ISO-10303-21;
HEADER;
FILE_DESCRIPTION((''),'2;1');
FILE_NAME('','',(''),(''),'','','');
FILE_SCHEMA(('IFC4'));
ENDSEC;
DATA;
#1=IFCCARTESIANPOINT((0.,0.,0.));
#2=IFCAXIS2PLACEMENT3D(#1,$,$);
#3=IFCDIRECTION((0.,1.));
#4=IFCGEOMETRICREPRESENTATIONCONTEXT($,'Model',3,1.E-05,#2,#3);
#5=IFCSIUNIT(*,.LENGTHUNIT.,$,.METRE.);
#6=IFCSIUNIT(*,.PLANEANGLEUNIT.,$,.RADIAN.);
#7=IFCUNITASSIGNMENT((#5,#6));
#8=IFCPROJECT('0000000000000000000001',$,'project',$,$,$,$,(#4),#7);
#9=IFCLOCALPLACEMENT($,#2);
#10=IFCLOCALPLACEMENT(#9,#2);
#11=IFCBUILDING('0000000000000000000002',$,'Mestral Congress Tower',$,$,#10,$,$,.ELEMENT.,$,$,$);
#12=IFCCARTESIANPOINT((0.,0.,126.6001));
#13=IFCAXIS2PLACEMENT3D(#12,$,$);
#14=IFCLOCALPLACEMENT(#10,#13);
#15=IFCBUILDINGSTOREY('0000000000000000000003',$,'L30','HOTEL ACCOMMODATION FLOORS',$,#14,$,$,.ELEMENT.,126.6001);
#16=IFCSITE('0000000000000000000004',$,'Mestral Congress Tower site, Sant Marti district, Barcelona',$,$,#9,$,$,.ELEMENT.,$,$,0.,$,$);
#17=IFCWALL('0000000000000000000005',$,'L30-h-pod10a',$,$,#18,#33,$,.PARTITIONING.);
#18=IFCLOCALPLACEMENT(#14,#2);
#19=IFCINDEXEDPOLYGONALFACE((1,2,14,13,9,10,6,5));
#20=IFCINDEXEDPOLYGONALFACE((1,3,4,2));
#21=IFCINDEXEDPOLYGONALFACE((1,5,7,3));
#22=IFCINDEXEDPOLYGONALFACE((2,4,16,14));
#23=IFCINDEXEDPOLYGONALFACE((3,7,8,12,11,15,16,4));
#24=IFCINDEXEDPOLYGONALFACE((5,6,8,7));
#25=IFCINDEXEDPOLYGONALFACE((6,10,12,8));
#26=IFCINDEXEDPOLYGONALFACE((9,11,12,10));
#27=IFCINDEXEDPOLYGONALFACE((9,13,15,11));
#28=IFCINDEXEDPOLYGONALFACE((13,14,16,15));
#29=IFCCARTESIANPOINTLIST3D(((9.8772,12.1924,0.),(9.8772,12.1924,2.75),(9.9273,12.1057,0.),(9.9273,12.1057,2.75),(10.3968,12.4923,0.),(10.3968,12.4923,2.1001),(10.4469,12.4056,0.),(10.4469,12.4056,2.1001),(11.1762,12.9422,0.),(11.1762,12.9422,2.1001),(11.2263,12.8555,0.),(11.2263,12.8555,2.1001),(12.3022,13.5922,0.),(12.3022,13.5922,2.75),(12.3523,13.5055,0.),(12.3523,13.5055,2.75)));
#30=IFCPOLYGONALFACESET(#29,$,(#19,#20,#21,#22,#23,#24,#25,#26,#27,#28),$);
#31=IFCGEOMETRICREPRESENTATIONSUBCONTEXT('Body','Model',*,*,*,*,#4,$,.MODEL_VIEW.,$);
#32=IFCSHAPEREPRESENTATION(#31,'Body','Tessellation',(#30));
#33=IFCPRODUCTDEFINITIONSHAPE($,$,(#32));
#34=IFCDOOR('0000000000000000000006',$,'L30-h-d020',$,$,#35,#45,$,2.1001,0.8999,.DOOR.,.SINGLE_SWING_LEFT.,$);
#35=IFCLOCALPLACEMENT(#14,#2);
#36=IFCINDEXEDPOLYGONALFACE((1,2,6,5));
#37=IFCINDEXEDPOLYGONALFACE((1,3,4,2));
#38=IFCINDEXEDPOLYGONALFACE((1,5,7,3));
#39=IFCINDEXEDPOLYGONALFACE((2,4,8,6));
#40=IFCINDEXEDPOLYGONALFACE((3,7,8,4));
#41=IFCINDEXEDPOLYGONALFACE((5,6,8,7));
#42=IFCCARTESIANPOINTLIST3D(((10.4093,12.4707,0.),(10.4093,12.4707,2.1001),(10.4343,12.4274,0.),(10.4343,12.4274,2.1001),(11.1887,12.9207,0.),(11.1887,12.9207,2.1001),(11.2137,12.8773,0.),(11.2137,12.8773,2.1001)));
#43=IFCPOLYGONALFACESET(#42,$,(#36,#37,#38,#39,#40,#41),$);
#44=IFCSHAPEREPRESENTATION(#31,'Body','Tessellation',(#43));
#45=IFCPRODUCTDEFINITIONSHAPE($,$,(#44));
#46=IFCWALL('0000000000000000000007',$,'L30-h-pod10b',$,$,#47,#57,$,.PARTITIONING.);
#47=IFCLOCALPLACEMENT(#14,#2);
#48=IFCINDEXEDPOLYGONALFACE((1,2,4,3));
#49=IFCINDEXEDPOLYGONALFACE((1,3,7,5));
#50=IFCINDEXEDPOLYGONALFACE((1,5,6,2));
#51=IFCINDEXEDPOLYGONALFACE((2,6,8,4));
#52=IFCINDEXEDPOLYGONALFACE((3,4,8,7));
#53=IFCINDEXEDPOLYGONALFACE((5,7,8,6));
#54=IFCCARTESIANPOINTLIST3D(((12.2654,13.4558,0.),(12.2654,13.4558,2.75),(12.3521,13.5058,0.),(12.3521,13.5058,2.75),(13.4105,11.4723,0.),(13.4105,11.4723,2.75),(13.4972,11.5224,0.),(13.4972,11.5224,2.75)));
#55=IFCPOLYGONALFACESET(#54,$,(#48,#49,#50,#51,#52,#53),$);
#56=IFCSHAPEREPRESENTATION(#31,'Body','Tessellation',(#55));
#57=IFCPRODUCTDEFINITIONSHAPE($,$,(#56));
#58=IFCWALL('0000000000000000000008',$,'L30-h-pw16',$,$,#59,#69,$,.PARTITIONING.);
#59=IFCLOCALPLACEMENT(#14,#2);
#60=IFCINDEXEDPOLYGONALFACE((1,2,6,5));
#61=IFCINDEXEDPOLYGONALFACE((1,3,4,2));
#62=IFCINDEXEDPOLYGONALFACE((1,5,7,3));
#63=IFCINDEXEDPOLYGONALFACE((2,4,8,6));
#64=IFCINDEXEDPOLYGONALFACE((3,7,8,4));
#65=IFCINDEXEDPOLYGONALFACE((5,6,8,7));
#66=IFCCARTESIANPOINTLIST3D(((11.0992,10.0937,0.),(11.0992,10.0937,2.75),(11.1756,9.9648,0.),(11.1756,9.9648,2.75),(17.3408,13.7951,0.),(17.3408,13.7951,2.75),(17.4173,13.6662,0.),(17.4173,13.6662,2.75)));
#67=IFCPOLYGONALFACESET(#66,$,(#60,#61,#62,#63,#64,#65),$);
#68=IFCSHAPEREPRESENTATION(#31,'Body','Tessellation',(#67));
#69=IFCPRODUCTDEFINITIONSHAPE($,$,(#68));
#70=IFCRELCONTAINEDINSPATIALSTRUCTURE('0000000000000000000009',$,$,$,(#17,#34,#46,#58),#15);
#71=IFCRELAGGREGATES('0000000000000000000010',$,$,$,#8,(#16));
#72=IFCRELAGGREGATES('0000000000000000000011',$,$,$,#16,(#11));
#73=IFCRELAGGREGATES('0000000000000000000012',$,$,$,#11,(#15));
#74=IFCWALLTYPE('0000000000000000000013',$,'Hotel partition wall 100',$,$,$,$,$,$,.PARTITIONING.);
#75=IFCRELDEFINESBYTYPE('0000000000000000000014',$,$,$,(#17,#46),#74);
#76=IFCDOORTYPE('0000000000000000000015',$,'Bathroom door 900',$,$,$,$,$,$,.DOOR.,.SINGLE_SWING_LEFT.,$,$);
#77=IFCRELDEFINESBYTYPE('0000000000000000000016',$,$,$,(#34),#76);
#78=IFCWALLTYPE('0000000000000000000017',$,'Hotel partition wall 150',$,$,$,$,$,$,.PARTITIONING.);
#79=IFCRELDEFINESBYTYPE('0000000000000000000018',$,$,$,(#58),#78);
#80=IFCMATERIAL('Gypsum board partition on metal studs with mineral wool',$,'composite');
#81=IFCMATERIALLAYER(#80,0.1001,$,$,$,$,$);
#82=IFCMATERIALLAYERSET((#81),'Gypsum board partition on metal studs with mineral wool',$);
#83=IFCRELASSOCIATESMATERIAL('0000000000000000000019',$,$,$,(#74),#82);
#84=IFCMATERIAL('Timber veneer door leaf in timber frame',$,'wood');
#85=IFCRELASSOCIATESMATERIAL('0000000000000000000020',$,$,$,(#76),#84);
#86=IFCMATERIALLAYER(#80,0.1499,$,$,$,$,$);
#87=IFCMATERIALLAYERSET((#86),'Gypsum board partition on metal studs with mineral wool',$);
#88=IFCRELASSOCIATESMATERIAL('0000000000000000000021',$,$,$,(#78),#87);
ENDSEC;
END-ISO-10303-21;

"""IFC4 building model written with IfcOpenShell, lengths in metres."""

from ifc_helpers import new_model, si_unit, direction, frame, frame_2d, origin, place, context, subcontext, project, spatial, rectangle, extrude, material, layer, layer_set, type_object, element, fill, save


model = new_model("IFC4")

# Units and contexts
model_context = context("Model", 3, precision=1e-05, world=origin(), true_north=direction((0.0, 1.0)))
body_context = subcontext(model_context, "Body", "Model", "MODEL_VIEW")
ifc_project = project(units=[si_unit("LENGTHUNIT", "METRE"), si_unit("PLANEANGLEUNIT", "RADIAN")], contexts=[model_context])

# Site, building, storey
site_placement = place(None, origin())
site = spatial("IfcSite", under=ifc_project, at=site_placement, Name="Mestral Congress Tower site, Sant Marti district, Barcelona", CompositionType="ELEMENT", RefElevation=0.0)
building_placement = place(site_placement, origin())
building = spatial("IfcBuilding", under=site, at=building_placement, Name="Mestral Congress Tower", CompositionType="ELEMENT")
storey_placement = place(building_placement, frame((0.0, 0.0, 126.6001)))
storey = spatial("IfcBuildingStorey", under=building, at=storey_placement, Name="L30", Description="HOTEL ACCOMMODATION FLOORS", CompositionType="ELEMENT", Elevation=126.6001)

# Wall, opening, door
ifc_material_1 = material(Name="Gypsum board partition on metal studs with mineral wool", Category="composite")
ifc_layer_1 = layer(ifc_material_1, 0.1001)
ifc_layer_set_1 = layer_set([ifc_layer_1], Name="Gypsum board partition on metal studs with mineral wool")
wall_type_1 = type_object("IfcWallType", Name="Hotel partition wall 100", PredefinedType="PARTITIONING", material=ifc_layer_set_1)
wall_1_placement = place(storey_placement, frame((12.3271, 13.5488, 0.0), z_axis=(0.0, 0.0, 1.0), x_axis=(-0.866056, -0.499946, 0.0)))
wall_1 = element("IfcWall", 1, at=wall_1_placement, inside=storey, type_object=wall_type_1, Name="L30-h-pod10a", PredefinedType="PARTITIONING", context=body_context, shape_type="SweptSolid", body=[
    extrude(rectangle(XDim=2.8, YDim=0.1001, at=frame_2d((1.3999, 0.0))), origin(), (0.0, 0.0, 1.0), 2.75),
])
opening_1_placement = place(wall_1_placement, frame((1.3, 0.0, 0.0)))
opening_1 = element("IfcOpeningElement", 2, at=opening_1_placement, cuts=wall_1, PredefinedType="OPENING", context=body_context, shape_type="SweptSolid", body=[
    extrude(rectangle(XDim=0.8999, YDim=2.1001, at=frame_2d((0.45, 1.05))), frame((0.0, 0.0601, 0.0), z_axis=(0.0, -1.0, 0.0), x_axis=(1.0, 0.0, 0.0)), (0.0, 0.0, 1.0), 0.1201),
])
ifc_material_2 = material(Name="Timber veneer door leaf in timber frame", Category="wood")
door_type = type_object("IfcDoorType", Name="Bathroom door 900", OperationType="SINGLE_SWING_LEFT", PredefinedType="DOOR", material=ifc_material_2)
door_placement = place(opening_1_placement, origin())
door = element("IfcDoor", 3, at=door_placement, inside=storey, type_object=door_type, Name="L30-h-d020", OperationType="SINGLE_SWING_LEFT", OverallHeight=2.1001, OverallWidth=0.8999, PredefinedType="DOOR", context=body_context, shape_type="SweptSolid", body=[
    extrude(rectangle(XDim=0.8999, YDim=2.1001, at=frame_2d((0.45, 1.05))), frame((0.0, 0.0249, 0.0), z_axis=(0.0, -1.0, 0.0), x_axis=(1.0, 0.0, 0.0)), (0.0, 0.0, 1.0), 0.05),
])
fill(opening_1, door)

# Walls
wall_2_placement = place(storey_placement, frame((12.3088, 13.4807, 0.0), z_axis=(0.0, 0.0, 1.0), x_axis=(0.499969, -0.866044, 0.0)))
element("IfcWall", 4, at=wall_2_placement, inside=storey, type_object=wall_type_1, Name="L30-h-pod10b", PredefinedType="PARTITIONING", context=body_context, shape_type="SweptSolid", body=[
    extrude(rectangle(XDim=2.2903, YDim=0.1001, at=frame_2d((1.145, 0.0))), origin(), (0.0, 0.0, 1.0), 2.75),
])
ifc_layer_2 = layer(ifc_material_1, 0.1499)
ifc_layer_set_2 = layer_set([ifc_layer_2], Name="Gypsum board partition on metal studs with mineral wool")
wall_type_2 = type_object("IfcWallType", Name="Hotel partition wall 150", PredefinedType="PARTITIONING", material=ifc_layer_set_2)
wall_3_placement = place(storey_placement, frame((17.3792, 13.7307, 0.0), z_axis=(0.0, 0.0, 1.0), x_axis=(-0.860132, -0.510071, 0.0)))
element("IfcWall", 5, at=wall_3_placement, inside=storey, type_object=wall_type_2, Name="L30-h-pw16", PredefinedType="PARTITIONING", context=body_context, shape_type="SweptSolid", body=[
    extrude(rectangle(XDim=7.2566, YDim=0.1499, at=frame_2d((3.6284, 0.0))), origin(), (0.0, 0.0, 1.0), 2.75),
])

save(model, "model.ifc")
